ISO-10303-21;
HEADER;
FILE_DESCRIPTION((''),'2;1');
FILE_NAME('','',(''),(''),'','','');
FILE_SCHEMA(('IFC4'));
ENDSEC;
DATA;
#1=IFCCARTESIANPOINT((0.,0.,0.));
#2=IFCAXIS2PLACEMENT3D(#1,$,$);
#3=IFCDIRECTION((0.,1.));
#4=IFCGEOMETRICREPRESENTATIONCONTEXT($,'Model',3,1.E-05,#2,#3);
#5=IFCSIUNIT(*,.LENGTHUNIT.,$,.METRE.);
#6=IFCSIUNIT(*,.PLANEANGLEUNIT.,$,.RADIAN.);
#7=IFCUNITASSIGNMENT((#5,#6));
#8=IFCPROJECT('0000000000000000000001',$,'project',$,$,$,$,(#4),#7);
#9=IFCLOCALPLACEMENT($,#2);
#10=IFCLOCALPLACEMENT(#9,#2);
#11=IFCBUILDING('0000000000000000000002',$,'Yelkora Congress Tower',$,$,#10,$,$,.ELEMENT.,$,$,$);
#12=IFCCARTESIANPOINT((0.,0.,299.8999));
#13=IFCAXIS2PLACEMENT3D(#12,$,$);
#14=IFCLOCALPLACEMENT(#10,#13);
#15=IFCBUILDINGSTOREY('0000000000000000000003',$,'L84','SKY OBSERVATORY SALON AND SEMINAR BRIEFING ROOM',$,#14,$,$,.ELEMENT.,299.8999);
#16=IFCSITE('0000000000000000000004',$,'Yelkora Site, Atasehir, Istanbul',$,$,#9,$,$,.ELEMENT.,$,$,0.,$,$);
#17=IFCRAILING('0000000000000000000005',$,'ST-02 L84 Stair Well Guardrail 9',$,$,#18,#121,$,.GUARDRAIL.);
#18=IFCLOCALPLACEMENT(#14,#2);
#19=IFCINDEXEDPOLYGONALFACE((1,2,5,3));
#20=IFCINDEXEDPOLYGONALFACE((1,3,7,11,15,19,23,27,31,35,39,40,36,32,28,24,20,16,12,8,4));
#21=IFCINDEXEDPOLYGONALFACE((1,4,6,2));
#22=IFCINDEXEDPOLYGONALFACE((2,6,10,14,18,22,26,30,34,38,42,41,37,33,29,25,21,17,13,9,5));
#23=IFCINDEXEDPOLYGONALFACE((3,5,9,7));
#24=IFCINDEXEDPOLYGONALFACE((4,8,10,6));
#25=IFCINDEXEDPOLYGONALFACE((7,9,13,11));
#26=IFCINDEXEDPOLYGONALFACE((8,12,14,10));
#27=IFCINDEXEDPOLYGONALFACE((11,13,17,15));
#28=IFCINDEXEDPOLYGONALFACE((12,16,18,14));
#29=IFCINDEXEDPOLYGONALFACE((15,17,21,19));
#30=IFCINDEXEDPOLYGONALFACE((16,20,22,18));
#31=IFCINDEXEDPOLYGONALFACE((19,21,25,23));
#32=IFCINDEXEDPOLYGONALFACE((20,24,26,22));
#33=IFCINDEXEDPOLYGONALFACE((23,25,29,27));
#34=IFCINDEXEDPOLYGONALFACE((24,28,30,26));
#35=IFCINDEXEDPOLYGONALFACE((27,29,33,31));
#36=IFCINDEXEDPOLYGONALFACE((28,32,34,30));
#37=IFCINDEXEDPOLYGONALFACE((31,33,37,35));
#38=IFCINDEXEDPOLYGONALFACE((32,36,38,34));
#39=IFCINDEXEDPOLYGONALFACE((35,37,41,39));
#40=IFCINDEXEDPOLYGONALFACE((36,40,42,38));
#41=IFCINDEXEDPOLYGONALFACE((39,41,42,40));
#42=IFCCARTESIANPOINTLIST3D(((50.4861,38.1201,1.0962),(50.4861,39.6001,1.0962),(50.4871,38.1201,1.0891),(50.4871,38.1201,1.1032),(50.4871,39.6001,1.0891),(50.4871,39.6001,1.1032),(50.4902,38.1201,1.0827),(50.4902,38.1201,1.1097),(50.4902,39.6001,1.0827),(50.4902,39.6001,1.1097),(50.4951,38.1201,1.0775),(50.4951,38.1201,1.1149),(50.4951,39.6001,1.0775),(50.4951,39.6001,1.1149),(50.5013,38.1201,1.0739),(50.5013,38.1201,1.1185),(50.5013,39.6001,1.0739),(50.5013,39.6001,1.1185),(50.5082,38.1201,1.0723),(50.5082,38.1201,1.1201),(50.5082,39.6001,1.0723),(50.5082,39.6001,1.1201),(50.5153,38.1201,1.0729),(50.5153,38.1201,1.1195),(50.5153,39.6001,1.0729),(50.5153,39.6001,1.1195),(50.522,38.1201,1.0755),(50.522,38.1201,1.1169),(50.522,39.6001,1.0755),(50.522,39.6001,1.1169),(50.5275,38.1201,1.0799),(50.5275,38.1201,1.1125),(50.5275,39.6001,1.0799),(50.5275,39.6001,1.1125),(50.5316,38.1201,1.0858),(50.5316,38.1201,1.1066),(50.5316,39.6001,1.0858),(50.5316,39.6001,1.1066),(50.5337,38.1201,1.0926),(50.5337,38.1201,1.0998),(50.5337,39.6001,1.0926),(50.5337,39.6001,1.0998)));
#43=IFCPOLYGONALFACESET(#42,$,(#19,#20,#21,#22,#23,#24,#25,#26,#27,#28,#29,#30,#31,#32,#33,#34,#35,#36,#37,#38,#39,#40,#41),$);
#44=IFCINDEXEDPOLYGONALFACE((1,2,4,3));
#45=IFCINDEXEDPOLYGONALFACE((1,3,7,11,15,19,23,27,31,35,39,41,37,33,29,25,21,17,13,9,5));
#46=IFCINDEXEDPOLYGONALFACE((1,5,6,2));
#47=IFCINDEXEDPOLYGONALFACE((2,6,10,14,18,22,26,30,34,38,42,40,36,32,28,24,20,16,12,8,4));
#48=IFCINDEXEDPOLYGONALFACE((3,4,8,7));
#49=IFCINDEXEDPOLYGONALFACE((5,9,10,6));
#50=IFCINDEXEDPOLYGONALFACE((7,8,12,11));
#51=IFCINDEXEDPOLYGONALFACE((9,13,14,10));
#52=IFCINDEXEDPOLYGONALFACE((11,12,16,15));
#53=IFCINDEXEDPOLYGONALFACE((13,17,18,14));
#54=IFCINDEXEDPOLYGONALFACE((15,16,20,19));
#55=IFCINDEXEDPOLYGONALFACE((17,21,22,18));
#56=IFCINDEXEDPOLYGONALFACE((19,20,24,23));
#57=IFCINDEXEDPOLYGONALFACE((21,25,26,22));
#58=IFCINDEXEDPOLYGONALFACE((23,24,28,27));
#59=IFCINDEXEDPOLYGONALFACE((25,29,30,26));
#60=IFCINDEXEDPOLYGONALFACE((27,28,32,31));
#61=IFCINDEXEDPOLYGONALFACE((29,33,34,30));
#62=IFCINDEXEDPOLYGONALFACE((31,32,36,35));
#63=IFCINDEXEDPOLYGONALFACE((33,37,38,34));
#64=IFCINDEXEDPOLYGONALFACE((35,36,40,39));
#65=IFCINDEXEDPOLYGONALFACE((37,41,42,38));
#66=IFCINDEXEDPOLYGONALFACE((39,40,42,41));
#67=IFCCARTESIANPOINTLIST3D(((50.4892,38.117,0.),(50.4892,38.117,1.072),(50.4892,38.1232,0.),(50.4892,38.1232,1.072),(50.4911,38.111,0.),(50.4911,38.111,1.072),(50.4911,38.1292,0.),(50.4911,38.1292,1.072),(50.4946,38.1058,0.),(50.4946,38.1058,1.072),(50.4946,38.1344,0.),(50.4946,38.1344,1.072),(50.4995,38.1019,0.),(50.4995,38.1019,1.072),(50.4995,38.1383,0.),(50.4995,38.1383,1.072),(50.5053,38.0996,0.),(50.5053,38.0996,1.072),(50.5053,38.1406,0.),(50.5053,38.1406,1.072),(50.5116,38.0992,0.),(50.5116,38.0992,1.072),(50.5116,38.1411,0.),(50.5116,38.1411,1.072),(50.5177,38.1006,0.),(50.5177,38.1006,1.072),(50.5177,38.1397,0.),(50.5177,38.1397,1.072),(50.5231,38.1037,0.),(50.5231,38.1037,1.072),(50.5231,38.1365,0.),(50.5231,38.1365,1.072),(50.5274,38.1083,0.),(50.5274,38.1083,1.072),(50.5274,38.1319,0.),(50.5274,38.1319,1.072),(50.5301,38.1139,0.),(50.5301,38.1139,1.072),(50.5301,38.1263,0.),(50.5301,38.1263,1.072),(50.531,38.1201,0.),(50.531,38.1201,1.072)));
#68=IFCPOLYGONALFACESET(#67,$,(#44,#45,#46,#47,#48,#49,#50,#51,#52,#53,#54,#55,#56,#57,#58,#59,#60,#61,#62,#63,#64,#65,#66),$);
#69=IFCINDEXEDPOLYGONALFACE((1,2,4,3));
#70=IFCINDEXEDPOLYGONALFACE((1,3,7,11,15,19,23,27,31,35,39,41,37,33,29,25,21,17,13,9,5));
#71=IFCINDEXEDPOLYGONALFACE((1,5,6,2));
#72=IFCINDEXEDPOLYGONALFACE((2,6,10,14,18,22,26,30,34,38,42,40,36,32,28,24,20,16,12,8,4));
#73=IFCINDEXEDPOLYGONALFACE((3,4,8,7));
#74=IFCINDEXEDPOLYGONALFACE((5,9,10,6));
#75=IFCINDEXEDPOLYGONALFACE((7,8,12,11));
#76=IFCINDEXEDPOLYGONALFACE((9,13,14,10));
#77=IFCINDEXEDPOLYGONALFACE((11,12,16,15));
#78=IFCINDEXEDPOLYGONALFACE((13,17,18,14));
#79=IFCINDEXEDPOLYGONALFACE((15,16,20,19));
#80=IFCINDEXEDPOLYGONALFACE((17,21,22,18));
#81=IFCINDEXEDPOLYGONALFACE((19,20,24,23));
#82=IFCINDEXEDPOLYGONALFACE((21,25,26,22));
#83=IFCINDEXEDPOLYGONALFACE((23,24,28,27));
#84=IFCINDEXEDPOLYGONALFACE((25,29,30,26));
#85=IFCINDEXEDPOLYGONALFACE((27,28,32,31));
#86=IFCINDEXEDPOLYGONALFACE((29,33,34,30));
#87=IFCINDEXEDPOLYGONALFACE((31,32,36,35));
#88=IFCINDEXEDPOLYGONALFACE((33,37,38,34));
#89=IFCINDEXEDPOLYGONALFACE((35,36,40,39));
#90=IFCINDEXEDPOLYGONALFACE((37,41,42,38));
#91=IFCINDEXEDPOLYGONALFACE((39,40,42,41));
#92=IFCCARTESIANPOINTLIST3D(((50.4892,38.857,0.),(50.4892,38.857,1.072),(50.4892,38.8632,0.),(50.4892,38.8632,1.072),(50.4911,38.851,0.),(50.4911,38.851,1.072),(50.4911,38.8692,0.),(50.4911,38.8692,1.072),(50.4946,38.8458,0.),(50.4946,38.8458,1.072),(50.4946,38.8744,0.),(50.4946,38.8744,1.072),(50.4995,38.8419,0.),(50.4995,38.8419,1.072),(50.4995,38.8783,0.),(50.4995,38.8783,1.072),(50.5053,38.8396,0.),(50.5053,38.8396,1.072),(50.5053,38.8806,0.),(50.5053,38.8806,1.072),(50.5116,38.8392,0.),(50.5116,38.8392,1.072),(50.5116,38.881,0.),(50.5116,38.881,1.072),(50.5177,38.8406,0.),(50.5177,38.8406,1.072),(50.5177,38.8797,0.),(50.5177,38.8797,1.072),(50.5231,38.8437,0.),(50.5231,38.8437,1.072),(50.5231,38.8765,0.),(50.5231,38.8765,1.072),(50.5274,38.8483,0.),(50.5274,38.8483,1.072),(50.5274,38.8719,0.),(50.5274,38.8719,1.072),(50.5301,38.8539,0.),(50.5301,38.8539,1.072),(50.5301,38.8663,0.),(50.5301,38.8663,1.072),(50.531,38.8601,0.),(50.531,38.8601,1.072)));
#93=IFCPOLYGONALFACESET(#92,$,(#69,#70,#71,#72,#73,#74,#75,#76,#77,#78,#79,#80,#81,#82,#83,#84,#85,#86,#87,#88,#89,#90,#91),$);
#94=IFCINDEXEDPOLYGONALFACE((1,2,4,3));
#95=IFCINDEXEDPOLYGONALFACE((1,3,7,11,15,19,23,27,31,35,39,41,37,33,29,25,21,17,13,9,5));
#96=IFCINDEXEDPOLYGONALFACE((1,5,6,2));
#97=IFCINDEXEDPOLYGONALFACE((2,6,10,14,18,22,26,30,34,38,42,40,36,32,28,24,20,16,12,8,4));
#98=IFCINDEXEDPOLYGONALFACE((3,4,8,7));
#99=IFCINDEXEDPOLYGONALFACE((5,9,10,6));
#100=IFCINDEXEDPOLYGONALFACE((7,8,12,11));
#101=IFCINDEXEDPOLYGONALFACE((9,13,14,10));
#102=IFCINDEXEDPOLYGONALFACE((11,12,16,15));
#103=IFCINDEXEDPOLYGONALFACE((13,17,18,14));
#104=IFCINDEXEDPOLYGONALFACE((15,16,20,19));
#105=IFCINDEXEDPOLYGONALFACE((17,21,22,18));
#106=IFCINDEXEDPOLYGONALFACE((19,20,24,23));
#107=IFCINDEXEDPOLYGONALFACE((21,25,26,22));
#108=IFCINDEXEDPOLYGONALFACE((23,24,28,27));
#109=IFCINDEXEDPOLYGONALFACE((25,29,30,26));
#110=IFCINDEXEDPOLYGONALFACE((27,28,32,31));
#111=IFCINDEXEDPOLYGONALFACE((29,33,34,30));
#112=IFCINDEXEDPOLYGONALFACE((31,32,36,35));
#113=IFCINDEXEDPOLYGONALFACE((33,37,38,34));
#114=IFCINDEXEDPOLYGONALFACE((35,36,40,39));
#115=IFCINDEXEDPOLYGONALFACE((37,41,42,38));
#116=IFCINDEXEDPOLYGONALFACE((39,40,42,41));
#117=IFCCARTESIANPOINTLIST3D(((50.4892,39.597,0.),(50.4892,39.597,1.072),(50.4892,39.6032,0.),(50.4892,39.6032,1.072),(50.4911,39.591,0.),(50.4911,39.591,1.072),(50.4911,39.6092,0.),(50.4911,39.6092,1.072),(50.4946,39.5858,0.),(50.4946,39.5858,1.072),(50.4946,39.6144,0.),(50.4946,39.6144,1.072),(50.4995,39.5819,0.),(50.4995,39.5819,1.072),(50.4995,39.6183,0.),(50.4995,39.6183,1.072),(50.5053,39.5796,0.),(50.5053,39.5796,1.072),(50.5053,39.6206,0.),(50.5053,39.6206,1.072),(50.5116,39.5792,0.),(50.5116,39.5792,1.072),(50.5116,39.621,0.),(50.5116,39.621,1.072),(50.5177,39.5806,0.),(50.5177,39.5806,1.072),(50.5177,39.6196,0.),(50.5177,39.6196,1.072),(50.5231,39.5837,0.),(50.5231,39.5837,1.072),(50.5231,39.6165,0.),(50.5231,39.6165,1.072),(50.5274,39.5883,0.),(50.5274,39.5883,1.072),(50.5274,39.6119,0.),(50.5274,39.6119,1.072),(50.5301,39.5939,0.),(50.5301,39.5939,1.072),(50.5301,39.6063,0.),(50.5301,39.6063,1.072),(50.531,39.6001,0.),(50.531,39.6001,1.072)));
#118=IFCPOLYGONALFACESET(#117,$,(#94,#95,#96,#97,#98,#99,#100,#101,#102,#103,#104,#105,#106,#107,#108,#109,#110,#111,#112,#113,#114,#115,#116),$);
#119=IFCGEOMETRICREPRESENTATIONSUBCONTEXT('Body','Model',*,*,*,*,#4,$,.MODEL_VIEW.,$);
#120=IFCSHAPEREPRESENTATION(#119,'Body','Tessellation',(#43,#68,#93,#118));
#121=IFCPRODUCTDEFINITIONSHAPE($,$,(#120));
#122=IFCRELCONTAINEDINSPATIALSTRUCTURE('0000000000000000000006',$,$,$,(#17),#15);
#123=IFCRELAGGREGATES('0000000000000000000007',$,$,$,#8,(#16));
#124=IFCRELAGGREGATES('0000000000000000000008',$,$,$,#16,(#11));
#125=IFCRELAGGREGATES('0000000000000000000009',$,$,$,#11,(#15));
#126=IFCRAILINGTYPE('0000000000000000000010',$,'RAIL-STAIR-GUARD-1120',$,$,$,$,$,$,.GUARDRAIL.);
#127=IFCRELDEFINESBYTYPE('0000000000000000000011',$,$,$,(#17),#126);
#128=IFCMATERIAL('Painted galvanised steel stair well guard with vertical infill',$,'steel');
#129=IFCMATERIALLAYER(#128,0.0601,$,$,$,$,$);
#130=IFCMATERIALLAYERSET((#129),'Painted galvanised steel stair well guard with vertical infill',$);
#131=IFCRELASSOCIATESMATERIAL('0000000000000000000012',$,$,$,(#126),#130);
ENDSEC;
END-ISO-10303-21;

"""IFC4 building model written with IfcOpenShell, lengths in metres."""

from ifc_helpers import new_model, si_unit, direction, frame, origin, origin_2d, place, context, subcontext, project, spatial, circle, extrude, material, layer, layer_set, type_object, element, save


model = new_model("IFC4")

# Units and contexts
model_context = context("Model", 3, precision=1e-05, world=origin(), true_north=direction((0.0, 1.0)))
body_context = subcontext(model_context, "Body", "Model", "MODEL_VIEW")
ifc_project = project(units=[si_unit("LENGTHUNIT", "METRE"), si_unit("PLANEANGLEUNIT", "RADIAN")], contexts=[model_context])

# Site, building, storey
site_placement = place(None, origin())
site = spatial("IfcSite", under=ifc_project, at=site_placement, Name="Yelkora Site, Atasehir, Istanbul", CompositionType="ELEMENT", RefElevation=0.0)
building_placement = place(site_placement, origin())
building = spatial("IfcBuilding", under=site, at=building_placement, Name="Yelkora Congress Tower", CompositionType="ELEMENT")
storey_placement = place(building_placement, frame((0.0, 0.0, 299.8999)))
storey = spatial("IfcBuildingStorey", under=building, at=storey_placement, Name="L84", Description="SKY OBSERVATORY SALON AND SEMINAR BRIEFING ROOM", CompositionType="ELEMENT", Elevation=299.8999)

# Railing
ifc_material_1 = material(Name="Painted galvanised steel stair well guard with vertical infill", Category="steel")
ifc_layer_1 = layer(ifc_material_1, 0.0601)
ifc_layer_set_1 = layer_set([ifc_layer_1], Name="Painted galvanised steel stair well guard with vertical infill")
railing_type_1 = type_object("IfcRailingType", Name="RAIL-STAIR-GUARD-1120", PredefinedType="GUARDRAIL", material=ifc_layer_set_1)
for number, where, name in (
    (1, (50.51, 38.1201, 0.0), "ST-02 L84 Stair Well Guardrail 9"),
):
    element("IfcRailing", number, at=place(storey_placement, frame(where)), inside=storey, type_object=railing_type_1, Name=name, PredefinedType="GUARDRAIL", context=body_context, shape_type="SweptSolid", body=[
        extrude(circle(Radius=0.0239, at=origin_2d()), frame((0.0, 0.0, 1.0962), z_axis=(0.0, 1.0, 0.0), x_axis=(-1.0, 0.0, 0.0)), (0.0, 0.0, 1.0), 1.48),
        extrude(circle(Radius=0.021, at=origin_2d()), origin(), (0.0, 0.0, 1.0), 1.072),
        extrude(circle(Radius=0.021, at=origin_2d()), frame((0.0, 0.74, 0.0)), (0.0, 0.0, 1.0), 1.072),
        extrude(circle(Radius=0.021, at=origin_2d()), frame((0.0, 1.48, 0.0)), (0.0, 0.0, 1.0), 1.072),
    ])

save(model, "model.ifc")
